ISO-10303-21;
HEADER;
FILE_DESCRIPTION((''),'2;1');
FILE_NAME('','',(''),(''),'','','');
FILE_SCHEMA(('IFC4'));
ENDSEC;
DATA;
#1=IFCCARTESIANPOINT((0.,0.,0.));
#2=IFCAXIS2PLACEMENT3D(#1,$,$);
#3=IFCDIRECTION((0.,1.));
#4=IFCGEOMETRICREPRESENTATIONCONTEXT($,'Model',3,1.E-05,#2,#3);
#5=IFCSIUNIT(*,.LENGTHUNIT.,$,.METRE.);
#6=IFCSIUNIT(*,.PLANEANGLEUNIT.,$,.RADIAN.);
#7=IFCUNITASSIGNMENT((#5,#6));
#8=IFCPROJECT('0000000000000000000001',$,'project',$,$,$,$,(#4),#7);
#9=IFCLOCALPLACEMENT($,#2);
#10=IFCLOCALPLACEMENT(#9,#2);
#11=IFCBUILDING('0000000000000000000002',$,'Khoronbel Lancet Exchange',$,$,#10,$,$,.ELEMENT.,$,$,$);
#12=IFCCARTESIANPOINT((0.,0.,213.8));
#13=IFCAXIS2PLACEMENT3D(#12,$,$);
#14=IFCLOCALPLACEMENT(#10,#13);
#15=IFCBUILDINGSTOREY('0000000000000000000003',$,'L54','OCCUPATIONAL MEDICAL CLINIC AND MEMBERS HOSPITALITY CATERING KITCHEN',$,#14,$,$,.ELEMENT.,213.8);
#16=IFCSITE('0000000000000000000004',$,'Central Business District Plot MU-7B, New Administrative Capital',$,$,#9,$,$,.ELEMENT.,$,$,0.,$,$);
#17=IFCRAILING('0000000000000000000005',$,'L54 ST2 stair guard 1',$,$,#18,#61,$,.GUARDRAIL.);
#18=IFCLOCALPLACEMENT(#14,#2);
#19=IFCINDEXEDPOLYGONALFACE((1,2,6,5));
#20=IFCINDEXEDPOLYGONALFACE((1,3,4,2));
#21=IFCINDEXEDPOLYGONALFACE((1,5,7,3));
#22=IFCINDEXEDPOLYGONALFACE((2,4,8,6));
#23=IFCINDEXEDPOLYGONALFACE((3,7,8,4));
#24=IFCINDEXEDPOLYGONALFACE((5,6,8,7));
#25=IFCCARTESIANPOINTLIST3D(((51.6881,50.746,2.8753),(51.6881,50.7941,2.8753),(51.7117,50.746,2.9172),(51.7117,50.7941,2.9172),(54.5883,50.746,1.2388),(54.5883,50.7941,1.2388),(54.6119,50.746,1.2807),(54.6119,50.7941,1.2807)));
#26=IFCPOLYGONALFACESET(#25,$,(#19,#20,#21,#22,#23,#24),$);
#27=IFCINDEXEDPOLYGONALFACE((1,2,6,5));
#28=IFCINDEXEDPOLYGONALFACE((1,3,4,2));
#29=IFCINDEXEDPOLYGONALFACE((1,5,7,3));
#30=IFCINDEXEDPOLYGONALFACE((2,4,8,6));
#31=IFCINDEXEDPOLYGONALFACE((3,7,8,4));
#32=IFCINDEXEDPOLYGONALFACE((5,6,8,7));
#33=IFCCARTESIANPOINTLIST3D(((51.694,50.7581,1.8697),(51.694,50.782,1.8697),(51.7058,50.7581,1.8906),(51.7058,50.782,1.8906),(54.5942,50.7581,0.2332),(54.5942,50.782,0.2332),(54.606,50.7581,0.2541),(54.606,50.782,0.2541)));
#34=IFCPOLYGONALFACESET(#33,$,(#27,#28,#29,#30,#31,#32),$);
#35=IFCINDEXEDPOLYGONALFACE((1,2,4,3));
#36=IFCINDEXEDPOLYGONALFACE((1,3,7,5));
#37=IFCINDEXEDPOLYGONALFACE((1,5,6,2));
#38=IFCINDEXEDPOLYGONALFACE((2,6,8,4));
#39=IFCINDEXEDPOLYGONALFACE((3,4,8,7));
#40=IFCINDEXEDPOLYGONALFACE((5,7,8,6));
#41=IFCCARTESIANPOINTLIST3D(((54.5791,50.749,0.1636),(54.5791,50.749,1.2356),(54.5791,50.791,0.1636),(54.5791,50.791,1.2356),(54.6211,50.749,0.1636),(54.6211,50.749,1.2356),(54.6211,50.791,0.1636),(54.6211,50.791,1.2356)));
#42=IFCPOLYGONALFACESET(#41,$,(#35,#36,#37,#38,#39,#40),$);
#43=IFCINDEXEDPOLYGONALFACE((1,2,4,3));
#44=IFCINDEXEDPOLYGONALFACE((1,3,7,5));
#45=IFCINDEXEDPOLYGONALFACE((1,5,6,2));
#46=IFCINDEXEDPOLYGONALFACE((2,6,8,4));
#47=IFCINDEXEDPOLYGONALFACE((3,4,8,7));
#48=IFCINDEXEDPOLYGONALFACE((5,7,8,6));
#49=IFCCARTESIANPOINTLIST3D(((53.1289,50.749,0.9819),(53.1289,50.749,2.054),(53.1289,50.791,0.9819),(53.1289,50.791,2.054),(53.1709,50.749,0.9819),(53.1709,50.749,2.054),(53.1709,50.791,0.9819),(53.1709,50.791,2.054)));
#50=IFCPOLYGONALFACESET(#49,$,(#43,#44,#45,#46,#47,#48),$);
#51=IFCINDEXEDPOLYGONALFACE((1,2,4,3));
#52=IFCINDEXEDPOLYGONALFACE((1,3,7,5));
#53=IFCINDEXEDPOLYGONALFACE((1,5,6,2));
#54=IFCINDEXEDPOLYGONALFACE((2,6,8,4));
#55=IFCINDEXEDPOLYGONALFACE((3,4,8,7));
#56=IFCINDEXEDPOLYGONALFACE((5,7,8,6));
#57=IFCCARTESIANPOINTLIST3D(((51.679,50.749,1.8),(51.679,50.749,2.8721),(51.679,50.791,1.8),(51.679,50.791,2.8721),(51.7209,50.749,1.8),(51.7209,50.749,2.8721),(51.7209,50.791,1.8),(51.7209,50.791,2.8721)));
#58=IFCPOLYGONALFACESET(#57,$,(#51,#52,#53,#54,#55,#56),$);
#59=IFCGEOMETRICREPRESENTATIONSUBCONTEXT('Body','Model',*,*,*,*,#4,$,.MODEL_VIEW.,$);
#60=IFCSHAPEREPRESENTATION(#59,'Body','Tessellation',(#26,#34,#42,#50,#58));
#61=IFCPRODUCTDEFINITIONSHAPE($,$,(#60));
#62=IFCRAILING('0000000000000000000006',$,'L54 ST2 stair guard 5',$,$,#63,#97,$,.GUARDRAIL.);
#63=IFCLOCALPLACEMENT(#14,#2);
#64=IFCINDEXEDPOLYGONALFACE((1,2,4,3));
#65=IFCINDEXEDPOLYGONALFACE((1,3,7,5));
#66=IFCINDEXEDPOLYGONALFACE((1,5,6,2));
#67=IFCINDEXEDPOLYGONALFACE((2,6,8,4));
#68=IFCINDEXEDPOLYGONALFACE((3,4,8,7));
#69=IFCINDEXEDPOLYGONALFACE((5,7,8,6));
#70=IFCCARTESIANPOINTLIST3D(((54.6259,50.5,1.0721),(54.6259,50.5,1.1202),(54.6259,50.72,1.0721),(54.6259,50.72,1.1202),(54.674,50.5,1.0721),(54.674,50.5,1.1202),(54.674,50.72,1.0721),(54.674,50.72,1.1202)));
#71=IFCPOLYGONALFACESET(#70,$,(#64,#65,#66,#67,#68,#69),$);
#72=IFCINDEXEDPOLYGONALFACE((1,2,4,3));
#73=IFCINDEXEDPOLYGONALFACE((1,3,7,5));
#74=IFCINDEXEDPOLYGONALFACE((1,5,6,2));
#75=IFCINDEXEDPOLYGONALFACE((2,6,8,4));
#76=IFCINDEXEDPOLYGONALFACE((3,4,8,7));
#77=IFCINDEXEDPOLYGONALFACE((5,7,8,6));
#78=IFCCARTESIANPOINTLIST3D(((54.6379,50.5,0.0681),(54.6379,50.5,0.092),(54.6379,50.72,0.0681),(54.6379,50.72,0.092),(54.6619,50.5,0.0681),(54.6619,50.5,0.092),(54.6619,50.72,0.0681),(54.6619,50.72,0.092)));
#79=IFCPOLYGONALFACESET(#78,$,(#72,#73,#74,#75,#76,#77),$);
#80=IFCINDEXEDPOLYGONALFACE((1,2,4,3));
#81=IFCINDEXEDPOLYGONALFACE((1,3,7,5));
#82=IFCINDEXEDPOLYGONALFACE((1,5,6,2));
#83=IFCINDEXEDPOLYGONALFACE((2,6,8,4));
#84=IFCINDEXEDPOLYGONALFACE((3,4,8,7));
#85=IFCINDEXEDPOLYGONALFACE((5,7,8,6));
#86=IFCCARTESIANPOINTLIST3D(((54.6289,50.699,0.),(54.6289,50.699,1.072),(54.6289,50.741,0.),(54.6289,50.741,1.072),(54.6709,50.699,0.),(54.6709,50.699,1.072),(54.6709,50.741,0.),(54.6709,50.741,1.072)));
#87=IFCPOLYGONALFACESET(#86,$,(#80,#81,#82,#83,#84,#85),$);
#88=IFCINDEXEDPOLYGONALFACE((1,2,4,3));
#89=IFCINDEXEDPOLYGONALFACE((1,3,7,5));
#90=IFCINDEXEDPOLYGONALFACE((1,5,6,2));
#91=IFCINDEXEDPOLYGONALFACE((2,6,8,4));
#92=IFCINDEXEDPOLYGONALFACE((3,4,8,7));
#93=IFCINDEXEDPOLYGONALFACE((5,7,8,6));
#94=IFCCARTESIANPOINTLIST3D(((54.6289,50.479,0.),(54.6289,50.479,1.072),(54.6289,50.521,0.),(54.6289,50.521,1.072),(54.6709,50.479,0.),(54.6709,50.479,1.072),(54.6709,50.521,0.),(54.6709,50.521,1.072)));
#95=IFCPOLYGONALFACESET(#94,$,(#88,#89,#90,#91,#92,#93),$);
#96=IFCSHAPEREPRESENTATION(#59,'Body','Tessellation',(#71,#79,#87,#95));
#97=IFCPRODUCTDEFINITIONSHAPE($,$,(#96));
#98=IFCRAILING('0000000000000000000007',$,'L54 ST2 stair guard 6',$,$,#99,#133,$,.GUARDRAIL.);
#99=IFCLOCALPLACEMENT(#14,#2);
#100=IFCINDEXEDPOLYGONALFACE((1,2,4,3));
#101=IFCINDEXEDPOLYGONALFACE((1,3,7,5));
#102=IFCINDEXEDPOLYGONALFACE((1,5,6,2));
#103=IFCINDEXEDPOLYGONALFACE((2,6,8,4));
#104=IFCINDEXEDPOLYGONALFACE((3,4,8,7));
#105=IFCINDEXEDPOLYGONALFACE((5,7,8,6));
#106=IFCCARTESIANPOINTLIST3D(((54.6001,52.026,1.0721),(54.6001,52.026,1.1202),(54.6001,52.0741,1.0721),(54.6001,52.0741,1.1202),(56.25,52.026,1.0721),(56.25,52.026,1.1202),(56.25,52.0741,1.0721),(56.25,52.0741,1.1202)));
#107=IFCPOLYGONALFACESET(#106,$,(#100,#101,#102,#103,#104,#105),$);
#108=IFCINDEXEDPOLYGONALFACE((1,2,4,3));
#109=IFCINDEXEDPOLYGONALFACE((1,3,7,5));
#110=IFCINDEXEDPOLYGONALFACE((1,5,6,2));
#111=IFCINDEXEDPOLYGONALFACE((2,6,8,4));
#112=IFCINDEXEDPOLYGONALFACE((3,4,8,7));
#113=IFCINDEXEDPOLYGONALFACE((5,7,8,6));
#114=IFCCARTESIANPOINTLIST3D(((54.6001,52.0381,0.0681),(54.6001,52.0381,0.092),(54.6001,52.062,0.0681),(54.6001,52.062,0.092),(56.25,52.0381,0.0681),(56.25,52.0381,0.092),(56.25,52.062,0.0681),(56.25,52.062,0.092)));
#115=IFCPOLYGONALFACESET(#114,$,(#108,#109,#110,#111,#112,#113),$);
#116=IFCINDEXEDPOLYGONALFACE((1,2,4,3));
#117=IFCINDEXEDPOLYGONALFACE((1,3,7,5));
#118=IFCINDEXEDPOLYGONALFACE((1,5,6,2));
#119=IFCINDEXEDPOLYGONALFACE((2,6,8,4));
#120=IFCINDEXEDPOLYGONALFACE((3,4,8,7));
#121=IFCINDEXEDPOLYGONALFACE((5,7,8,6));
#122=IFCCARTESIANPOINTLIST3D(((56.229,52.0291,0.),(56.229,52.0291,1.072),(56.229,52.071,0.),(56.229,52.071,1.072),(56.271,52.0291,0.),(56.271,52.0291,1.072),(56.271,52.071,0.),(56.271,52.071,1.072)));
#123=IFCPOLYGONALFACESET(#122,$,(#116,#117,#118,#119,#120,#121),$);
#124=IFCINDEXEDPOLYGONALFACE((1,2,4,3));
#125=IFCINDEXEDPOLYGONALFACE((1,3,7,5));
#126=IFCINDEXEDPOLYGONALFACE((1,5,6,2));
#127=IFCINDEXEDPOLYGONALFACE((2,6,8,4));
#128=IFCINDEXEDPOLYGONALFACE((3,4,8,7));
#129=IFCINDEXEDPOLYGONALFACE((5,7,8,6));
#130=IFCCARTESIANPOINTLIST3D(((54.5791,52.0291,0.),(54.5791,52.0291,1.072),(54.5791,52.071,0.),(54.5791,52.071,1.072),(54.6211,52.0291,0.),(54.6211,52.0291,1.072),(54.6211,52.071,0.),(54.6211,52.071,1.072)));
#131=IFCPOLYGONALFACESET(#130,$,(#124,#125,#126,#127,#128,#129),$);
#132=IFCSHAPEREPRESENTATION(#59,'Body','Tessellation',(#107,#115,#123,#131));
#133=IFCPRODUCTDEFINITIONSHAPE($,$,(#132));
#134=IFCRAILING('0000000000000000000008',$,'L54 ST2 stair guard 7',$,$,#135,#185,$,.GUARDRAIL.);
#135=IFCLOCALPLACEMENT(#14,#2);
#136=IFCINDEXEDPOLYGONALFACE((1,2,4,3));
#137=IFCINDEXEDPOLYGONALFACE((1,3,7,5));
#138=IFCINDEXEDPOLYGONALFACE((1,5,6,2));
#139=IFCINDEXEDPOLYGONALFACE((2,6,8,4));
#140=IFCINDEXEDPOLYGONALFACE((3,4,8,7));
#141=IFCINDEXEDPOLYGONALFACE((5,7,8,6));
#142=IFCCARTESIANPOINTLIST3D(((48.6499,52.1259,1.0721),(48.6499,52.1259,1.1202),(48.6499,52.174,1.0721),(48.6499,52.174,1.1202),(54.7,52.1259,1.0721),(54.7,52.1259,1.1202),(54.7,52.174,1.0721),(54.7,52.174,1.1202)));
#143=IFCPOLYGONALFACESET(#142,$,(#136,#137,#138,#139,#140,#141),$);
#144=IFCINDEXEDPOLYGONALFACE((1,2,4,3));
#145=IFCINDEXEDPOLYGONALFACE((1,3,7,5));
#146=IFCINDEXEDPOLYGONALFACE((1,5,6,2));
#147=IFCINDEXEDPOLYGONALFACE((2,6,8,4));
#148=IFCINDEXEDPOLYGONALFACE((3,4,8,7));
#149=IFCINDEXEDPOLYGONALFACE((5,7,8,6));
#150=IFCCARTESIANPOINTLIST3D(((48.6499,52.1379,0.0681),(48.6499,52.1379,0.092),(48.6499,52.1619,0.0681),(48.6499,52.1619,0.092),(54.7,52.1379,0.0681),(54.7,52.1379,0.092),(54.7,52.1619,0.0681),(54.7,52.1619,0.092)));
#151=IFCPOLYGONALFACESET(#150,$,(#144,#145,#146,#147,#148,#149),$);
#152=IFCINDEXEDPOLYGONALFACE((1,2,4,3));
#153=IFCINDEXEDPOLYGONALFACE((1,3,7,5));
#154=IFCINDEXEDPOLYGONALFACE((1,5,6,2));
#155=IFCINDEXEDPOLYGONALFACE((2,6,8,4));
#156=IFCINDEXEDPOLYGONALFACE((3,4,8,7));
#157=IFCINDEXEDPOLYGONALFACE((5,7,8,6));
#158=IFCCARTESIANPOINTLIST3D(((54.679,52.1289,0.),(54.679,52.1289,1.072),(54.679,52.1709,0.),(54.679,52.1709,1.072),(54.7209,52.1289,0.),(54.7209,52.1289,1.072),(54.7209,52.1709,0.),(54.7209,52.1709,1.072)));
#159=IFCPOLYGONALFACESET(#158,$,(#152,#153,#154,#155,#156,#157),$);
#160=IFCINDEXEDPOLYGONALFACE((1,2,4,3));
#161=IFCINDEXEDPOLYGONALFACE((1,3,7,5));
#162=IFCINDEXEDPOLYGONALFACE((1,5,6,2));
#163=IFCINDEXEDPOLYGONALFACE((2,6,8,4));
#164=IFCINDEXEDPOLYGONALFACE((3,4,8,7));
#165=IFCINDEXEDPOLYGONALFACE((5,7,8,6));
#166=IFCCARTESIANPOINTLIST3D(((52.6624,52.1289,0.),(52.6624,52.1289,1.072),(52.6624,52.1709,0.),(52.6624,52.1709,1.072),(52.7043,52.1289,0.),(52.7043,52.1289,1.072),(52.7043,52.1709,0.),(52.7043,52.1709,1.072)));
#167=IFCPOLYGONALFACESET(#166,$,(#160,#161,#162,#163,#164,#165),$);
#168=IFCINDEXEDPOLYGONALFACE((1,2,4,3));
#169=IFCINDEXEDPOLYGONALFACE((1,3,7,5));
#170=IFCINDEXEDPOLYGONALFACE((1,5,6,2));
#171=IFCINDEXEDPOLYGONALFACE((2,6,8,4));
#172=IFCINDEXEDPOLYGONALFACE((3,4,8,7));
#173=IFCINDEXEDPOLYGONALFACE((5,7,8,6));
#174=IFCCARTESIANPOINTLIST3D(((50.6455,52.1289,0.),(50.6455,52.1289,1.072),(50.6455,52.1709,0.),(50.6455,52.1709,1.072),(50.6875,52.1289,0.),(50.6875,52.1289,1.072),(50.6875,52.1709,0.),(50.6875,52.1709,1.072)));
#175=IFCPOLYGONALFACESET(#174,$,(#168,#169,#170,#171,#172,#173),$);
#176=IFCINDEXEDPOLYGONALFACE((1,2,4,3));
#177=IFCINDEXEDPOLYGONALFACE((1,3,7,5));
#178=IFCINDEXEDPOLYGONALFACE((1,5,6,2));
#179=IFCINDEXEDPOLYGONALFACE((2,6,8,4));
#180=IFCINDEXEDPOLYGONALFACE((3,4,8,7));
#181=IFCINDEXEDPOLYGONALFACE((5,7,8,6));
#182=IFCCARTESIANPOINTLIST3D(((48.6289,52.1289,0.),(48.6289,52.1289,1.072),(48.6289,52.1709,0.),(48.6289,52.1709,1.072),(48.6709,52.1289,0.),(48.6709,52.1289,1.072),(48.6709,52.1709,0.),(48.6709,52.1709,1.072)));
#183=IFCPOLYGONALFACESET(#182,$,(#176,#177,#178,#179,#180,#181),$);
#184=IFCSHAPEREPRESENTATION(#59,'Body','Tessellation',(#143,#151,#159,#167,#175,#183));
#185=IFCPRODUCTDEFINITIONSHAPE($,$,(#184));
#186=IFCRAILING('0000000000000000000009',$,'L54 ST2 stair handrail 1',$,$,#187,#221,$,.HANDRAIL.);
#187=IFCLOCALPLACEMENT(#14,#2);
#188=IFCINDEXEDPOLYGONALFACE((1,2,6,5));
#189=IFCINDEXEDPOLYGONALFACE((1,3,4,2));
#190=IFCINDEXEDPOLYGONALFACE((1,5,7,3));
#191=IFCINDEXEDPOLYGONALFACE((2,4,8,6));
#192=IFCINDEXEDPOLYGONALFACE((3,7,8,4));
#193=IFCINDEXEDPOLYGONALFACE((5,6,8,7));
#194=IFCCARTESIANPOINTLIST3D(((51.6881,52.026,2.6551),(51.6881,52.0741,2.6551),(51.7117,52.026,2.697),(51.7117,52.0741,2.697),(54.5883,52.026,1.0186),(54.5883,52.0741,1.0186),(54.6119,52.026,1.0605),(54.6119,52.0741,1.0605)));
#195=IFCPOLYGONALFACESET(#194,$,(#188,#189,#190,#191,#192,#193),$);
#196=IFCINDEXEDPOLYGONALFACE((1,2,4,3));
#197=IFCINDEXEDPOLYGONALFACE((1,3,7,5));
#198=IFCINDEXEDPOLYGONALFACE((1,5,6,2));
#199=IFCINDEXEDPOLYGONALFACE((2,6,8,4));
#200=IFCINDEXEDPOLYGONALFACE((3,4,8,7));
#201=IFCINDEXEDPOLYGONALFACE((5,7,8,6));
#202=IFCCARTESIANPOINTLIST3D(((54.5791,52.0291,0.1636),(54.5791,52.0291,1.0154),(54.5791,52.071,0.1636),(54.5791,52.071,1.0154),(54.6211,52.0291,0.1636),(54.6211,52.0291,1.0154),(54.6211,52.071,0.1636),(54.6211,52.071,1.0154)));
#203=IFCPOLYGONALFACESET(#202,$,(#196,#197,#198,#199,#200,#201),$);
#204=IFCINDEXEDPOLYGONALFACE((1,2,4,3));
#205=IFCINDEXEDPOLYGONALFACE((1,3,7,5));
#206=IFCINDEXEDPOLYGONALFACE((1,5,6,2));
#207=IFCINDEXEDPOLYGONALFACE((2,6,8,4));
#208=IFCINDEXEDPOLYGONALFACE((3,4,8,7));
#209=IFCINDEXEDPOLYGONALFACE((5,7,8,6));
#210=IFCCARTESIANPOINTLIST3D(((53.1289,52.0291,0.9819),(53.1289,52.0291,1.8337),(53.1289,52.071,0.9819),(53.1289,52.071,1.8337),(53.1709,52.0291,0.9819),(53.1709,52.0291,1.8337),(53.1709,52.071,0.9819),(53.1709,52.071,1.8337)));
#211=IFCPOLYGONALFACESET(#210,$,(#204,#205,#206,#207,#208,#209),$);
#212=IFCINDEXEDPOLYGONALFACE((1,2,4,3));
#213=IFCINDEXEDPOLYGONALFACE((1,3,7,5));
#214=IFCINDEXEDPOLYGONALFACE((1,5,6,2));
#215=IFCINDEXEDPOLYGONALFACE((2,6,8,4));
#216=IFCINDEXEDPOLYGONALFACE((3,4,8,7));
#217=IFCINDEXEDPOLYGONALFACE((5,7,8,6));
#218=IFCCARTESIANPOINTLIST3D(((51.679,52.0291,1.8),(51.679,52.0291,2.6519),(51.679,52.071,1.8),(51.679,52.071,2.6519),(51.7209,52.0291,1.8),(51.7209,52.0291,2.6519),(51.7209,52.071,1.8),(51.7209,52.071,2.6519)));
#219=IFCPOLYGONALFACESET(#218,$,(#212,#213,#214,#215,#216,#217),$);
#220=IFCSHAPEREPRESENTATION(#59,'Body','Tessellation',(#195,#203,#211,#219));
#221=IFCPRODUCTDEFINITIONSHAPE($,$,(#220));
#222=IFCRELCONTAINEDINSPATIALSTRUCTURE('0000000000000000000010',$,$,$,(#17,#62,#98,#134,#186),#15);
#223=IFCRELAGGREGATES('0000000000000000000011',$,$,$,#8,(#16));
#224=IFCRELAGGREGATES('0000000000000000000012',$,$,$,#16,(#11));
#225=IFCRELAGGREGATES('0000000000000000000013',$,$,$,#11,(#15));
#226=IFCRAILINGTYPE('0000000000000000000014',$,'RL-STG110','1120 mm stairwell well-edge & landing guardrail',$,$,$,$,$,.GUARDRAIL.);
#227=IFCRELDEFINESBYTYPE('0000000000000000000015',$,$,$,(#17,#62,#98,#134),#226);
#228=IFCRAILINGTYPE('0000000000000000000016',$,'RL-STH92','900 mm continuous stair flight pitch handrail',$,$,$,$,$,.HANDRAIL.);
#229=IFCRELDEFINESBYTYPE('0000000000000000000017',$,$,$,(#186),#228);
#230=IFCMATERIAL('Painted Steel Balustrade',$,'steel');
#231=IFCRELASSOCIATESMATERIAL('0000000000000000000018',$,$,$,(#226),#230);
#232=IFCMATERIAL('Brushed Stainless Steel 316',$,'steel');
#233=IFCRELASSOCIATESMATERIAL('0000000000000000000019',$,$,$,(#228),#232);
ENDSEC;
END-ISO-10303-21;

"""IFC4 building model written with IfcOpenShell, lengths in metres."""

from ifc_helpers import new_model, si_unit, direction, frame, origin, origin_2d, place, context, subcontext, project, spatial, rectangle, extrude, material, type_object, element, save


model = new_model("IFC4")

# Units and contexts
model_context = context("Model", 3, precision=1e-05, world=origin(), true_north=direction((0.0, 1.0)))
body_context = subcontext(model_context, "Body", "Model", "MODEL_VIEW")
ifc_project = project(units=[si_unit("LENGTHUNIT", "METRE"), si_unit("PLANEANGLEUNIT", "RADIAN")], contexts=[model_context])

# Site, building, storey
site_placement = place(None, origin())
site = spatial("IfcSite", under=ifc_project, at=site_placement, Name="Central Business District Plot MU-7B, New Administrative Capital", CompositionType="ELEMENT", RefElevation=0.0)
building_placement = place(site_placement, origin())
building = spatial("IfcBuilding", under=site, at=building_placement, Name="Khoronbel Lancet Exchange", CompositionType="ELEMENT")
storey_placement = place(building_placement, frame((0.0, 0.0, 213.8)))
storey = spatial("IfcBuildingStorey", under=building, at=storey_placement, Name="L54", Description="OCCUPATIONAL MEDICAL CLINIC AND MEMBERS HOSPITALITY CATERING KITCHEN", CompositionType="ELEMENT", Elevation=213.8)

# Railings
ifc_material_1 = material(Name="Painted Steel Balustrade", Category="steel")
railing_type_1 = type_object("IfcRailingType", Name="RL-STG110", Description="1120 mm stairwell well-edge & landing guardrail", PredefinedType="GUARDRAIL", material=ifc_material_1)
railing_1_placement = place(storey_placement, frame((54.6001, 50.77, 0.1636)))
element("IfcRailing", 1, at=railing_1_placement, inside=storey, type_object=railing_type_1, Name="L54 ST2 stair guard 1", PredefinedType="GUARDRAIL", context=body_context, shape_type="SweptSolid", body=[
    extrude(rectangle(XDim=0.0481, YDim=0.0481, at=origin_2d()), frame((0.0, 0.0, 1.0962), z_axis=(-0.870915, 0.0, 0.491434), x_axis=(0.0, -1.0, 0.0)), (0.0, 0.0, 1.0), 3.3301),
    extrude(rectangle(XDim=0.0239, YDim=0.0239, at=origin_2d()), frame((0.0, 0.0, 0.0801), z_axis=(-0.870915, 0.0, 0.491434), x_axis=(0.0, -1.0, 0.0)), (0.0, 0.0, 1.0), 3.3301),
    extrude(rectangle(XDim=0.042, YDim=0.042, at=origin_2d()), origin(), (0.0, 0.0, 1.0), 1.072),
    extrude(rectangle(XDim=0.042, YDim=0.042, at=origin_2d()), frame((-1.4502, 0.0, 0.8184)), (0.0, 0.0, 1.0), 1.072),
    extrude(rectangle(XDim=0.042, YDim=0.042, at=origin_2d()), frame((-2.9001, 0.0, 1.6365)), (0.0, 0.0, 1.0), 1.072),
])
railing_2_placement = place(storey_placement, frame((54.6499, 50.72, 0.0)))
element("IfcRailing", 2, at=railing_2_placement, inside=storey, type_object=railing_type_1, Name="L54 ST2 stair guard 5", PredefinedType="GUARDRAIL", context=body_context, shape_type="SweptSolid", body=[
    extrude(rectangle(XDim=0.0481, YDim=0.0481, at=origin_2d()), frame((0.0, 0.0, 1.0962), z_axis=(0.0, -1.0, 0.0), x_axis=(1.0, 0.0, 0.0)), (0.0, 0.0, 1.0), 0.22),
    extrude(rectangle(XDim=0.0239, YDim=0.0239, at=origin_2d()), frame((0.0, 0.0, 0.0801), z_axis=(0.0, -1.0, 0.0), x_axis=(1.0, 0.0, 0.0)), (0.0, 0.0, 1.0), 0.22),
    extrude(rectangle(XDim=0.042, YDim=0.042, at=origin_2d()), origin(), (0.0, 0.0, 1.0), 1.072),
    extrude(rectangle(XDim=0.042, YDim=0.042, at=origin_2d()), frame((0.0, -0.22, 0.0)), (0.0, 0.0, 1.0), 1.072),
])
railing_3_placement = place(storey_placement, frame((56.25, 52.05, 0.0)))
element("IfcRailing", 3, at=railing_3_placement, inside=storey, type_object=railing_type_1, Name="L54 ST2 stair guard 6", PredefinedType="GUARDRAIL", context=body_context, shape_type="SweptSolid", body=[
    extrude(rectangle(XDim=0.0481, YDim=0.0481, at=origin_2d()), frame((0.0, 0.0, 1.0962), z_axis=(-1.0, 0.0, 0.0), x_axis=(0.0, -1.0, 0.0)), (0.0, 0.0, 1.0), 1.6499),
    extrude(rectangle(XDim=0.0239, YDim=0.0239, at=origin_2d()), frame((0.0, 0.0, 0.0801), z_axis=(-1.0, 0.0, 0.0), x_axis=(0.0, -1.0, 0.0)), (0.0, 0.0, 1.0), 1.6499),
    extrude(rectangle(XDim=0.042, YDim=0.042, at=origin_2d()), origin(), (0.0, 0.0, 1.0), 1.072),
    extrude(rectangle(XDim=0.042, YDim=0.042, at=origin_2d()), frame((-1.6499, 0.0, 0.0)), (0.0, 0.0, 1.0), 1.072),
])
railing_4_placement = place(storey_placement, frame((54.7, 52.1499, 0.0)))
element("IfcRailing", 4, at=railing_4_placement, inside=storey, type_object=railing_type_1, Name="L54 ST2 stair guard 7", PredefinedType="GUARDRAIL", context=body_context, shape_type="SweptSolid", body=[
    extrude(rectangle(XDim=0.0481, YDim=0.0481, at=origin_2d()), frame((0.0, 0.0, 1.0962), z_axis=(-1.0, 0.0, 0.0), x_axis=(0.0, -1.0, 0.0)), (0.0, 0.0, 1.0), 6.05),
    extrude(rectangle(XDim=0.0239, YDim=0.0239, at=origin_2d()), frame((0.0, 0.0, 0.0801), z_axis=(-1.0, 0.0, 0.0), x_axis=(0.0, -1.0, 0.0)), (0.0, 0.0, 1.0), 6.05),
    extrude(rectangle(XDim=0.042, YDim=0.042, at=origin_2d()), origin(), (0.0, 0.0, 1.0), 1.072),
    extrude(rectangle(XDim=0.042, YDim=0.042, at=origin_2d()), frame((-2.0166, 0.0, 0.0)), (0.0, 0.0, 1.0), 1.072),
    extrude(rectangle(XDim=0.042, YDim=0.042, at=origin_2d()), frame((-4.0334, 0.0, 0.0)), (0.0, 0.0, 1.0), 1.072),
    extrude(rectangle(XDim=0.042, YDim=0.042, at=origin_2d()), frame((-6.05, 0.0, 0.0)), (0.0, 0.0, 1.0), 1.072),
])
ifc_material_2 = material(Name="Brushed Stainless Steel 316", Category="steel")
railing_type_2 = type_object("IfcRailingType", Name="RL-STH92", Description="900 mm continuous stair flight pitch handrail", PredefinedType="HANDRAIL", material=ifc_material_2)
railing_5_placement = place(storey_placement, frame((54.6001, 52.05, 0.1636)))
element("IfcRailing", 5, at=railing_5_placement, inside=storey, type_object=railing_type_2, Name="L54 ST2 stair handrail 1", PredefinedType="HANDRAIL", context=body_context, shape_type="SweptSolid", body=[
    extrude(rectangle(XDim=0.0481, YDim=0.0481, at=origin_2d()), frame((0.0, 0.0, 0.876), z_axis=(-0.870915, 0.0, 0.491434), x_axis=(0.0, -1.0, 0.0)), (0.0, 0.0, 1.0), 3.3301),
    extrude(rectangle(XDim=0.042, YDim=0.042, at=origin_2d()), origin(), (0.0, 0.0, 1.0), 0.8518),
    extrude(rectangle(XDim=0.042, YDim=0.042, at=origin_2d()), frame((-1.4502, 0.0, 0.8184)), (0.0, 0.0, 1.0), 0.8518),
    extrude(rectangle(XDim=0.042, YDim=0.042, at=origin_2d()), frame((-2.9001, 0.0, 1.6365)), (0.0, 0.0, 1.0), 0.8518),
])

save(model, "model.ifc")
